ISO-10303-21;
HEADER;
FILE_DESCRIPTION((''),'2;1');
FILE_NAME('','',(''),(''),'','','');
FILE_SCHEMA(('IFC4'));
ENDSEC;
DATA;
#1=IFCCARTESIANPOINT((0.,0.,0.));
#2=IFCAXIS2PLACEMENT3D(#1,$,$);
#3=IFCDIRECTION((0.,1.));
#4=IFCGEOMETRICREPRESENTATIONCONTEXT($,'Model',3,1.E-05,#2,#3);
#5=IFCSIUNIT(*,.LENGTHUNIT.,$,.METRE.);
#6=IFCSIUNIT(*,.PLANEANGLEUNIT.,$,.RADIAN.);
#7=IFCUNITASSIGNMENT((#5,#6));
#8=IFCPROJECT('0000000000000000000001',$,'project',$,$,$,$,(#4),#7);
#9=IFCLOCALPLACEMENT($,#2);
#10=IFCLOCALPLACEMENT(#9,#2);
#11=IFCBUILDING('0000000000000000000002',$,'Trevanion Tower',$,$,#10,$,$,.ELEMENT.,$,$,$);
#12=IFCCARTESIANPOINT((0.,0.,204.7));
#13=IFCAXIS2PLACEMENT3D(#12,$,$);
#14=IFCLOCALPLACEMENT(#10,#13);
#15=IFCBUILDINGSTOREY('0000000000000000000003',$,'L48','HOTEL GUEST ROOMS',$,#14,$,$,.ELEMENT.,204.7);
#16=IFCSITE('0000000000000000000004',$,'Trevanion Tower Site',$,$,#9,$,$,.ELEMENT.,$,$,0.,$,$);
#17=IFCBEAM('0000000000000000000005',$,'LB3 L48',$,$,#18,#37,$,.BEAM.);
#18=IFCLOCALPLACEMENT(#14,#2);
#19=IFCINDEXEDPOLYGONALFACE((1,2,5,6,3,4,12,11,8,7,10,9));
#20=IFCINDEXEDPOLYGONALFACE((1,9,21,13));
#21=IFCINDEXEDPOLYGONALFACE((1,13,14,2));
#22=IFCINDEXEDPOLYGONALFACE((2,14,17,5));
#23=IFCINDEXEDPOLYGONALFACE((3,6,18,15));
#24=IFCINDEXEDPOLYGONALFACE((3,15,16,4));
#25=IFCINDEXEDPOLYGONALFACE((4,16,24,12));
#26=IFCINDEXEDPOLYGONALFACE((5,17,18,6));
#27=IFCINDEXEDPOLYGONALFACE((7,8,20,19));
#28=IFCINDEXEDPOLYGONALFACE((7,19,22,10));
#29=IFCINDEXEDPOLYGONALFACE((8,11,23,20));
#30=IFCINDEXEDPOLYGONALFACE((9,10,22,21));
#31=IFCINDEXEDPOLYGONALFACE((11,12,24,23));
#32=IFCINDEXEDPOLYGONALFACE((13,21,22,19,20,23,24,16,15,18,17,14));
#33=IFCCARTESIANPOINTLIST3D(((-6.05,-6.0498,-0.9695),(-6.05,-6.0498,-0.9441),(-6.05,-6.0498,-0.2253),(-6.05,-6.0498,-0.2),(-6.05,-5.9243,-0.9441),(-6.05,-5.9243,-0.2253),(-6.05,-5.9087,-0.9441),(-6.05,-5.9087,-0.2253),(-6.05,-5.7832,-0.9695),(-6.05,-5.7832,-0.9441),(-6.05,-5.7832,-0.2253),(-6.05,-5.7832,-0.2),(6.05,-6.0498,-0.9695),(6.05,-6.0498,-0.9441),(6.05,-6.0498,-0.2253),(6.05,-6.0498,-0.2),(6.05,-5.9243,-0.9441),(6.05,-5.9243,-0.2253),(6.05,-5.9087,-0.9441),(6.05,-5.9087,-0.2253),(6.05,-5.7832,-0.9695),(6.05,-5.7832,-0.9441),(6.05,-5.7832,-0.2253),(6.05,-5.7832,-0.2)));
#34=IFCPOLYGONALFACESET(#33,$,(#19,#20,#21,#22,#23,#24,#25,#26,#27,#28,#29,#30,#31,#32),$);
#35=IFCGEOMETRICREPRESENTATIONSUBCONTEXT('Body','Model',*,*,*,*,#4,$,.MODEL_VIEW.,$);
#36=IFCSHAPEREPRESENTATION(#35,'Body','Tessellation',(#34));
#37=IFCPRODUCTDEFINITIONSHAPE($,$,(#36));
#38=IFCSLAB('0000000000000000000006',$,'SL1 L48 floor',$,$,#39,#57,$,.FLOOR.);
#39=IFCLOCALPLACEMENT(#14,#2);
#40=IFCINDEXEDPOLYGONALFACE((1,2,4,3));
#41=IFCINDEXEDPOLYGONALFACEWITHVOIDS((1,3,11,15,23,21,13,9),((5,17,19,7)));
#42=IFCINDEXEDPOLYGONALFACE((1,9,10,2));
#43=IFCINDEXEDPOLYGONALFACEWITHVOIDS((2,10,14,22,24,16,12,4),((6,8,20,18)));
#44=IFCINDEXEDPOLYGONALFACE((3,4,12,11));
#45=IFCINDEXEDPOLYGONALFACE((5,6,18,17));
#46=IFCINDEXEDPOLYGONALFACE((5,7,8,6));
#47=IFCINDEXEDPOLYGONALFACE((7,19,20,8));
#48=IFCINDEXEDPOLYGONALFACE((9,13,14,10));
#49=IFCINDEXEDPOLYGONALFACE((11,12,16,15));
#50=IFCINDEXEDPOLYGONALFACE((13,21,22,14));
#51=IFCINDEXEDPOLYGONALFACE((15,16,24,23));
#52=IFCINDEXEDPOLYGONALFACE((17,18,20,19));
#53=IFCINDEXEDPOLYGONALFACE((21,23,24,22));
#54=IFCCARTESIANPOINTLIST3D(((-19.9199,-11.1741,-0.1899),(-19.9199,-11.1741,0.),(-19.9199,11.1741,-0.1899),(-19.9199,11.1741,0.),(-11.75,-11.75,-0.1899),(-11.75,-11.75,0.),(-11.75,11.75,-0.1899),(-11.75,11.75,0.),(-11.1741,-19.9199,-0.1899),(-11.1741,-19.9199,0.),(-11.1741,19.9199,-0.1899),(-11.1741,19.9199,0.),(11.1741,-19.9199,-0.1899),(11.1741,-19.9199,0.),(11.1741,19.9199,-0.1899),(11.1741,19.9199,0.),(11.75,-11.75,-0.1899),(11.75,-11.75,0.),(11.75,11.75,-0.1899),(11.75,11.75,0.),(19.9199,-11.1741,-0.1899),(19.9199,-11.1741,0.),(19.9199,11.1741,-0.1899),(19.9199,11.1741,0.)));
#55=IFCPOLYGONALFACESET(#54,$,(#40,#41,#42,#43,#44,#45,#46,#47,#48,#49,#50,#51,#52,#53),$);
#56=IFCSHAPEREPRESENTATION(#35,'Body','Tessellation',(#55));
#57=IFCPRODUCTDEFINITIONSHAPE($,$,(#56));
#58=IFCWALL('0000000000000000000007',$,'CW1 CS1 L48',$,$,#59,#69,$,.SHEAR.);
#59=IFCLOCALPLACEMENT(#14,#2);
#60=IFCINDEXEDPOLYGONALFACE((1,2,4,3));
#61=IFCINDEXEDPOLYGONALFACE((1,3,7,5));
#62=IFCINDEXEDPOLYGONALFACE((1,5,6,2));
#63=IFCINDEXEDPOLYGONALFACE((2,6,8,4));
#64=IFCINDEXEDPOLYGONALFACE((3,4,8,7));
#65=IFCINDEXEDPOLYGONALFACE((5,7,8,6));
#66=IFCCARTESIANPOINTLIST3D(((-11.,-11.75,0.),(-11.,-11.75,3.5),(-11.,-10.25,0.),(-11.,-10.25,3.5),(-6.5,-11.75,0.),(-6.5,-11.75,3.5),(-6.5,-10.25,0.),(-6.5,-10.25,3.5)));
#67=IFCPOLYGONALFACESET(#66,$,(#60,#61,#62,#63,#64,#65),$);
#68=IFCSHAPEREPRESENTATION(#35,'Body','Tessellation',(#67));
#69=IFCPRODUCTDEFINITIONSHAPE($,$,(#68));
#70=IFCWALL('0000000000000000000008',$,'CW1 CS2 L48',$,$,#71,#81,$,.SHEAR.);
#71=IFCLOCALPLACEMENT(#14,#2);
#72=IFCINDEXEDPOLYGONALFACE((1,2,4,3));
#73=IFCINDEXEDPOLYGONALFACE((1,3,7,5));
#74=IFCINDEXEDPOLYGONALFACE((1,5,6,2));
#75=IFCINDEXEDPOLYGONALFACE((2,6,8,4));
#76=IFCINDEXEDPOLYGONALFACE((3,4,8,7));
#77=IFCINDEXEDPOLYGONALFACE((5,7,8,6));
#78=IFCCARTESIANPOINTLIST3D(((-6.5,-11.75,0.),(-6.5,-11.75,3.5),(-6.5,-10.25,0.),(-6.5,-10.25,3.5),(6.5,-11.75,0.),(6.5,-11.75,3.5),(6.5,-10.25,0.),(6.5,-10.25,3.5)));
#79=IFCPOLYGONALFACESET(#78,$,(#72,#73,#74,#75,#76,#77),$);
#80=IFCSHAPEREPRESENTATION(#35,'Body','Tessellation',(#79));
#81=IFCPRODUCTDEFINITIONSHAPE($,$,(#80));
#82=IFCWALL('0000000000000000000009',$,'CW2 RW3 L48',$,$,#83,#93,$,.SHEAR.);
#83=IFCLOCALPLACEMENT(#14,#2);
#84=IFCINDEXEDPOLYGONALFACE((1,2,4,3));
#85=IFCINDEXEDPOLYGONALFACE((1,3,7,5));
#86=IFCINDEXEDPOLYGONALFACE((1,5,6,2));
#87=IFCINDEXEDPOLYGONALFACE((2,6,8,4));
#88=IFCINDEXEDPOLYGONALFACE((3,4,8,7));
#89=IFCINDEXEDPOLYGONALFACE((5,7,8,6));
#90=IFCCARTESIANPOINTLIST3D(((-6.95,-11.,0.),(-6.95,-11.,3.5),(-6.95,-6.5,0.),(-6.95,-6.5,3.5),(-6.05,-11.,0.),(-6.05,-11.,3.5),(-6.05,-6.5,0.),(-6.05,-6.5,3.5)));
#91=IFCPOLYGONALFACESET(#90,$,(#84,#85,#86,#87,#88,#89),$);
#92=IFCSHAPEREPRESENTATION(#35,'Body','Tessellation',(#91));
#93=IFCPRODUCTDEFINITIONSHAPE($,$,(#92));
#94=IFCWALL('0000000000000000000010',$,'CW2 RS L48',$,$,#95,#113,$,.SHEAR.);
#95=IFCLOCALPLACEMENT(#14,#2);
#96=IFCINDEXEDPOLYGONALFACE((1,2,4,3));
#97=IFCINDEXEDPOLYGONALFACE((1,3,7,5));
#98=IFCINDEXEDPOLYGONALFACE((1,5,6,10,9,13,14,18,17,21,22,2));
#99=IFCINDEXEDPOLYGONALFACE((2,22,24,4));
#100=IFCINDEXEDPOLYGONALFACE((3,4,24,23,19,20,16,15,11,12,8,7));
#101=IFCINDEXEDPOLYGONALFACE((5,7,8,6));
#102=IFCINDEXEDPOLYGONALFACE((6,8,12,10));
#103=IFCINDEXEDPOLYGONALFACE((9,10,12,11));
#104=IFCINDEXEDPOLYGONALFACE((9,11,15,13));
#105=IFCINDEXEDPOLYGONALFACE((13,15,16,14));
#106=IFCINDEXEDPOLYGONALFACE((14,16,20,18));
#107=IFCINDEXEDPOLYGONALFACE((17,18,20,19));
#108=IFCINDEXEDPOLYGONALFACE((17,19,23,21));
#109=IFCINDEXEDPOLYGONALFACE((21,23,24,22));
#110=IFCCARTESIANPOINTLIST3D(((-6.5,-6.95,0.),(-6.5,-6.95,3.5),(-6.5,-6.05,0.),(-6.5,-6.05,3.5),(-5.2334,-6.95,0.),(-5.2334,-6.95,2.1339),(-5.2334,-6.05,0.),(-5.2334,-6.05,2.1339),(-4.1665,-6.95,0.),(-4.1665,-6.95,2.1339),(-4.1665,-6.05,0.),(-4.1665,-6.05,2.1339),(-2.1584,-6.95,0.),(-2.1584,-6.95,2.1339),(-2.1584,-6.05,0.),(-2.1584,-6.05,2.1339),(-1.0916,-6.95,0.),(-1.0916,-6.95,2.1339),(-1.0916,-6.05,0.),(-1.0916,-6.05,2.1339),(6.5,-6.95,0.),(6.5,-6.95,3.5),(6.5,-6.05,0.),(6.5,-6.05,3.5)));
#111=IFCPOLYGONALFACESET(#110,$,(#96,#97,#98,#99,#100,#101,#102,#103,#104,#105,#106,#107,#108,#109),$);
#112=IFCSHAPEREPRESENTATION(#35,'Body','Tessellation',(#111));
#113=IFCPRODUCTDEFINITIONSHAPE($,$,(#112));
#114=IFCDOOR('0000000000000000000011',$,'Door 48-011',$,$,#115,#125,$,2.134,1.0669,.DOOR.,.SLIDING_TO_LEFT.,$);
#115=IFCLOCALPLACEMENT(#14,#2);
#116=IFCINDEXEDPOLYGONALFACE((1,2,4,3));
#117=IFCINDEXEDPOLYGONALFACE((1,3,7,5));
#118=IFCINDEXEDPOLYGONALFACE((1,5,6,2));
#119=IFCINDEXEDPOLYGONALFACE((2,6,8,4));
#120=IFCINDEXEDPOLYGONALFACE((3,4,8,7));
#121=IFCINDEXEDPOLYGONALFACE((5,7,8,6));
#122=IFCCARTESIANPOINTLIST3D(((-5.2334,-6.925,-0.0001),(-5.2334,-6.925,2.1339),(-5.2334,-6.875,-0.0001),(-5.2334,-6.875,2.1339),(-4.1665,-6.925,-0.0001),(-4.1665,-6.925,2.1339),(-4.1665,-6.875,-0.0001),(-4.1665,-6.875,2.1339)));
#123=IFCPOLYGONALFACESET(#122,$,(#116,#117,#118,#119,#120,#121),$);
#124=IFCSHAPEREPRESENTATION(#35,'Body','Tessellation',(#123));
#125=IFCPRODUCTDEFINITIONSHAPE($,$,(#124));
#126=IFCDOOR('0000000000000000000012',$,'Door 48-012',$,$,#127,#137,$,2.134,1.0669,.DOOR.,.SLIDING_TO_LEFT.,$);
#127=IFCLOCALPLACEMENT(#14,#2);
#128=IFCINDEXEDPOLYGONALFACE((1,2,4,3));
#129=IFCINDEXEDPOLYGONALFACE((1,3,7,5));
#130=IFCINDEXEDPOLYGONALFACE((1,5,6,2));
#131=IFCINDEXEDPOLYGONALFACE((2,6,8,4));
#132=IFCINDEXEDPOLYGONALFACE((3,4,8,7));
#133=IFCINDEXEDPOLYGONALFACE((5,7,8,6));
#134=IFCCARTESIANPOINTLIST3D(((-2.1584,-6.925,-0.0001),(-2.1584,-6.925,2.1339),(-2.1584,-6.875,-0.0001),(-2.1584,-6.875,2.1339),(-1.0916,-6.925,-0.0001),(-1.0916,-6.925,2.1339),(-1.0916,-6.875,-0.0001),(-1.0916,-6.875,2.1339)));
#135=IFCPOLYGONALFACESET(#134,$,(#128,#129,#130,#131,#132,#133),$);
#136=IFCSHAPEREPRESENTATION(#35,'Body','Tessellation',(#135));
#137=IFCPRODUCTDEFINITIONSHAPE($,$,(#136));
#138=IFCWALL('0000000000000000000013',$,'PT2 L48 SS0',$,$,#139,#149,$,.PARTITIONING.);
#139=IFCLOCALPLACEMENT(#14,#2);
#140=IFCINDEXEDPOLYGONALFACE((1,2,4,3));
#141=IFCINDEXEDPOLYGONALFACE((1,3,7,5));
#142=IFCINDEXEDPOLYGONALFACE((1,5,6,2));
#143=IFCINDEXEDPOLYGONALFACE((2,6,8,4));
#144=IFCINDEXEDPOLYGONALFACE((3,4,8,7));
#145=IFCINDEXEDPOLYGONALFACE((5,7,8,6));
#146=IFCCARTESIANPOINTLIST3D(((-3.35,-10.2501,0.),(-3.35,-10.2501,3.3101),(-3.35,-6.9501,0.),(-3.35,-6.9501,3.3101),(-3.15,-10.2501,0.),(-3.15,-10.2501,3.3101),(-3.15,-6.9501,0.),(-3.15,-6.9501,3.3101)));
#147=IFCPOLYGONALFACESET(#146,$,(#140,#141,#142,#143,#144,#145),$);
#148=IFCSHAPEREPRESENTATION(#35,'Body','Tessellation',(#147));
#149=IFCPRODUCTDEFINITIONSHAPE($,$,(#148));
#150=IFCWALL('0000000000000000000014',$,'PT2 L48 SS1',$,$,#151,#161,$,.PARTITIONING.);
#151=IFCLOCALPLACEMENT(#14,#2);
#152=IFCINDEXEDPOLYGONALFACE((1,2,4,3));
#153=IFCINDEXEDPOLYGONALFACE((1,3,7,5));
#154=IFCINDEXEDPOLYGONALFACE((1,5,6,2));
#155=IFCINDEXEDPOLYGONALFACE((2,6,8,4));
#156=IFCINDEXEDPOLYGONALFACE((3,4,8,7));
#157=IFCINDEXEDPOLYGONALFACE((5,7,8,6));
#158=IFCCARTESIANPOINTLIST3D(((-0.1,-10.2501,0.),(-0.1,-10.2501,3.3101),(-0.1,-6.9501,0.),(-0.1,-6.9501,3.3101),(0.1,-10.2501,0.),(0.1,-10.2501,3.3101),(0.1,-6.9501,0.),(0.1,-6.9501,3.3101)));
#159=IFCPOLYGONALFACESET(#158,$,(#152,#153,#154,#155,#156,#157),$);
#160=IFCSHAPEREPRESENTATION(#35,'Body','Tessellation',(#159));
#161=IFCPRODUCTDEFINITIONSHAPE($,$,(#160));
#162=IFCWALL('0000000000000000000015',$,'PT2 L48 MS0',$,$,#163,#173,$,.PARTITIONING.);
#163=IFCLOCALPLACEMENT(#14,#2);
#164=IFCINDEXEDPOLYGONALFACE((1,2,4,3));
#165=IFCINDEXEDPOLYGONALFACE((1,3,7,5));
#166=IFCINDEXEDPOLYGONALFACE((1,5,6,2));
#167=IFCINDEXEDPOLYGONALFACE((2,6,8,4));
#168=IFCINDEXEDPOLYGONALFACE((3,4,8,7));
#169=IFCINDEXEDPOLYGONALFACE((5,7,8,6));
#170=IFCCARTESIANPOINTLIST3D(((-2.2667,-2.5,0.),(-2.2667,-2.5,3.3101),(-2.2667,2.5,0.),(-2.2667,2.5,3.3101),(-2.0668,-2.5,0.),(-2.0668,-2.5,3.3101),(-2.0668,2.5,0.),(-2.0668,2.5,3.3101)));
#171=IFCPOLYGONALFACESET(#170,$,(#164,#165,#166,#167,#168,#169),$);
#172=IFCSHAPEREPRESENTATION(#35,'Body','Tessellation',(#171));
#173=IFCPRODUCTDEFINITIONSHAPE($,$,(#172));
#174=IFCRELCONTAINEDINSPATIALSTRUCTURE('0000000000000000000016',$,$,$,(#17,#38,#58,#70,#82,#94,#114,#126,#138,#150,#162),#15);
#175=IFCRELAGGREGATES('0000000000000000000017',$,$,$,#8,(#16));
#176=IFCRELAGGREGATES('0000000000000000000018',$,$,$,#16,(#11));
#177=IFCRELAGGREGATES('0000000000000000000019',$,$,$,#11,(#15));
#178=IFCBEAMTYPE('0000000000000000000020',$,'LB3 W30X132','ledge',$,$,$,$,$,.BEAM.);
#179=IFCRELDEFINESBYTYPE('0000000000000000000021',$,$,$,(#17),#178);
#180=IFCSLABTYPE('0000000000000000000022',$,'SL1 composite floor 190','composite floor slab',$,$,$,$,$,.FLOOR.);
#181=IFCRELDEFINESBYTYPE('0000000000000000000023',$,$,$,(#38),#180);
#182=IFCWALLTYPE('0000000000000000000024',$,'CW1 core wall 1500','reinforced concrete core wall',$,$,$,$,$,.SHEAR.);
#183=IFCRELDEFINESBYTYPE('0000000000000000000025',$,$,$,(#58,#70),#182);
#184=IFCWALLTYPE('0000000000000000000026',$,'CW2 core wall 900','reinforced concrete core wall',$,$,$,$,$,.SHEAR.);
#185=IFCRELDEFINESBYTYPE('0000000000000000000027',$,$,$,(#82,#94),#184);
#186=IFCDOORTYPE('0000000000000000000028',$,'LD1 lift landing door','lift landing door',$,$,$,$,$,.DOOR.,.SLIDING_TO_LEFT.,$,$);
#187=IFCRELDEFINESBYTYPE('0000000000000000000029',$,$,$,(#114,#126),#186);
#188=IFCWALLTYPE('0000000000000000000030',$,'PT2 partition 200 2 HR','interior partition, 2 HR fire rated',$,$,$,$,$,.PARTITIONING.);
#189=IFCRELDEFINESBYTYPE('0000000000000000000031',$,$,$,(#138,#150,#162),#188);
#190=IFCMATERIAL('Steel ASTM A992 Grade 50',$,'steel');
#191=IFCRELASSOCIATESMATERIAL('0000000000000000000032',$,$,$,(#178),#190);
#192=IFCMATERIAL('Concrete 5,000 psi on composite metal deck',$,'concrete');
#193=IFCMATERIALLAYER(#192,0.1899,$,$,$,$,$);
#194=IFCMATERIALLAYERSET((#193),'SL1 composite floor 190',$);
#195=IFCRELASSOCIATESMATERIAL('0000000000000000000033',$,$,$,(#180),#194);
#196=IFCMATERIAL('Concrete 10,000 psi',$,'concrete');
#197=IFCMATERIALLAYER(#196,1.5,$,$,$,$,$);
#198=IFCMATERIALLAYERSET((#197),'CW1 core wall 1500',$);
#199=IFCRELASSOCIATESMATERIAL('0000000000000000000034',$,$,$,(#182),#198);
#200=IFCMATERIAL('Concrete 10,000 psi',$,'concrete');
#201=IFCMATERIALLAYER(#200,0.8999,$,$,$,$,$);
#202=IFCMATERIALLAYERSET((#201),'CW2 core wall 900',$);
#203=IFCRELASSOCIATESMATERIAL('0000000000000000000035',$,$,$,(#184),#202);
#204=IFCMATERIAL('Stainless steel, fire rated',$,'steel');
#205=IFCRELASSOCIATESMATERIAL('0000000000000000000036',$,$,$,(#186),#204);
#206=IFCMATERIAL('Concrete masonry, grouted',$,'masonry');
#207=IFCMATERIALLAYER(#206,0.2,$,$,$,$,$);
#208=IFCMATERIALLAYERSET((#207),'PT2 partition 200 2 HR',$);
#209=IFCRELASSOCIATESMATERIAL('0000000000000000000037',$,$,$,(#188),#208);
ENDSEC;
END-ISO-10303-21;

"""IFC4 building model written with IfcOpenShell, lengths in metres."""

from ifc_helpers import new_model, si_unit, direction, frame, frame_2d, origin, origin_2d, place, context, subcontext, project, spatial, polyline, rectangle, i_section, outline, extrude, material, layer, layer_set, material_profile, profile_set, type_object, element, fill, save


model = new_model("IFC4")

# Units and contexts
model_context = context("Model", 3, precision=1e-05, world=origin(), true_north=direction((0.0, 1.0)))
body_context = subcontext(model_context, "Body", "Model", "MODEL_VIEW")
ifc_project = project(units=[si_unit("LENGTHUNIT", "METRE"), si_unit("PLANEANGLEUNIT", "RADIAN")], contexts=[model_context])

# Site, building, storey
site_placement = place(None, origin())
site = spatial("IfcSite", under=ifc_project, at=site_placement, Name="Trevanion Tower Site", CompositionType="ELEMENT", RefElevation=0.0)
building_placement = place(site_placement, origin())
building = spatial("IfcBuilding", under=site, at=building_placement, Name="Trevanion Tower", CompositionType="ELEMENT")
storey_placement = place(building_placement, frame((0.0, 0.0, 204.7)))
storey = spatial("IfcBuildingStorey", under=building, at=storey_placement, Name="L48", Description="HOTEL GUEST ROOMS", CompositionType="ELEMENT", Elevation=204.7)

# Beam
ifc_material_1 = material(Name="Steel ASTM A992 Grade 50", Category="steel")
ifc_material_profile_1 = material_profile(ifc_material_1, i_section(OverallWidth=0.2666, OverallDepth=0.7695, WebThickness=0.0156, FlangeThickness=0.0254, at=origin_2d()), Name="W30X132")
ifc_profile_set_1 = profile_set([ifc_material_profile_1], Name="Steel ASTM A992 Grade 50")
beam_type_1 = type_object("IfcBeamType", Name="LB3 W30X132", Description="ledge", PredefinedType="BEAM", material=ifc_profile_set_1)
beam_1_placement = place(storey_placement, frame((-6.05, -5.9165, -0.5847), z_axis=(1.0, 0.0, 0.0), x_axis=(0.0, 1.0, 0.0)))
element("IfcBeam", 1, at=beam_1_placement, inside=storey, type_object=beam_type_1, Name="LB3 L48", PredefinedType="BEAM", context=body_context, shape_type="SweptSolid", body=[
    extrude(i_section(OverallWidth=0.2666, OverallDepth=0.7695, WebThickness=0.0156, FlangeThickness=0.0254, at=origin_2d()), origin(), (0.0, 0.0, 1.0), 12.1001),
])

# Slab
ifc_material_2 = material(Name="Concrete 5,000 psi on composite metal deck", Category="concrete")
ifc_layer_1 = layer(ifc_material_2, 0.1899)
ifc_layer_set_1 = layer_set([ifc_layer_1], Name="SL1 composite floor 190")
slab_type = type_object("IfcSlabType", Name="SL1 composite floor 190", Description="composite floor slab", PredefinedType="FLOOR", material=ifc_layer_set_1)
slab_placement = place(storey_placement, frame((0.0, 0.0, -0.1899)))
element("IfcSlab", 2, at=slab_placement, inside=storey, type_object=slab_type, Name="SL1 L48 floor", PredefinedType="FLOOR", context=body_context, shape_type="SweptSolid", body=[
    extrude(outline(polyline([(19.9199, -11.1741), (19.9199, 11.1741), (11.1741, 19.9199), (-11.1741, 19.9199), (-19.9199, 11.1741), (-19.9199, -11.1741), (-11.1741, -19.9199), (11.1741, -19.9199), (19.9199, -11.1741)]), holes=[polyline([(11.75, -11.75), (11.75, 11.75), (-11.75, 11.75), (-11.75, -11.75), (11.75, -11.75)])]), origin(), (0.0, 0.0, 1.0), 0.1899),
])

# Walls
ifc_material_3 = material(Name="Concrete 10,000 psi", Category="concrete")
ifc_layer_2 = layer(ifc_material_3, 1.5)
ifc_layer_set_2 = layer_set([ifc_layer_2], Name="CW1 core wall 1500")
wall_type_1 = type_object("IfcWallType", Name="CW1 core wall 1500", Description="reinforced concrete core wall", PredefinedType="SHEAR", material=ifc_layer_set_2)
wall_1_placement = place(storey_placement, frame((-11.0, -11.0, 0.0), z_axis=(0.0, 0.0, 1.0), x_axis=(1.0, 0.0, 0.0)))
element("IfcWall", 3, at=wall_1_placement, inside=storey, type_object=wall_type_1, Name="CW1 CS1 L48", PredefinedType="SHEAR", context=body_context, shape_type="SweptSolid", body=[
    extrude(rectangle(XDim=4.5, YDim=1.5, at=frame_2d((2.25, 0.0))), origin(), (0.0, 0.0, 1.0), 3.5),
])
wall_2_placement = place(storey_placement, frame((-6.5, -11.0, 0.0), z_axis=(0.0, 0.0, 1.0), x_axis=(1.0, 0.0, 0.0)))
element("IfcWall", 4, at=wall_2_placement, inside=storey, type_object=wall_type_1, Name="CW1 CS2 L48", PredefinedType="SHEAR", context=body_context, shape_type="SweptSolid", body=[
    extrude(rectangle(XDim=13.0, YDim=1.5, at=frame_2d((6.5, 0.0))), origin(), (0.0, 0.0, 1.0), 3.5),
])
ifc_material_4 = material(Name="Concrete 10,000 psi", Category="concrete")
ifc_layer_3 = layer(ifc_material_4, 0.8999)
ifc_layer_set_3 = layer_set([ifc_layer_3], Name="CW2 core wall 900")
wall_type_2 = type_object("IfcWallType", Name="CW2 core wall 900", Description="reinforced concrete core wall", PredefinedType="SHEAR", material=ifc_layer_set_3)
wall_3_placement = place(storey_placement, frame((-6.5, -6.5, 0.0), z_axis=(0.0, 0.0, 1.0), x_axis=(0.0, -1.0, 0.0)))
element("IfcWall", 5, at=wall_3_placement, inside=storey, type_object=wall_type_2, Name="CW2 RW3 L48", PredefinedType="SHEAR", context=body_context, shape_type="SweptSolid", body=[
    extrude(rectangle(XDim=4.5, YDim=0.8999, at=frame_2d((2.25, 0.0))), origin(), (0.0, 0.0, 1.0), 3.5),
])

# Wall, openings, doors
wall_4_placement = place(storey_placement, frame((-6.5, -6.5, 0.0), z_axis=(0.0, 0.0, 1.0), x_axis=(1.0, 0.0, 0.0)))
wall_4 = element("IfcWall", 6, at=wall_4_placement, inside=storey, type_object=wall_type_2, Name="CW2 RS L48", PredefinedType="SHEAR", context=body_context, shape_type="SweptSolid", body=[
    extrude(rectangle(XDim=13.0, YDim=0.8999, at=frame_2d((6.5, 0.0))), origin(), (0.0, 0.0, 1.0), 3.5),
])
opening_1_placement = place(wall_4_placement, frame((1.2666, 0.0, 0.0)))
opening_1 = element("IfcOpeningElement", 7, at=opening_1_placement, cuts=wall_4, PredefinedType="OPENING", context=body_context, shape_type="SweptSolid", body=[
    extrude(rectangle(XDim=1.0669, YDim=2.134, at=frame_2d((0.5334, 1.0669))), frame((0.0, 0.46, 0.0), z_axis=(0.0, -1.0, 0.0), x_axis=(1.0, 0.0, 0.0)), (0.0, 0.0, 1.0), 0.9199),
])
opening_2_placement = place(wall_4_placement, frame((4.3416, 0.0, 0.0)))
opening_2 = element("IfcOpeningElement", 8, at=opening_2_placement, cuts=wall_4, PredefinedType="OPENING", context=body_context, shape_type="SweptSolid", body=[
    extrude(rectangle(XDim=1.0669, YDim=2.134, at=frame_2d((0.5334, 1.0669))), frame((0.0, 0.46, 0.0), z_axis=(0.0, -1.0, 0.0), x_axis=(1.0, 0.0, 0.0)), (0.0, 0.0, 1.0), 0.9199),
])
ifc_material_5 = material(Name="Stainless steel, fire rated", Category="steel")
door_type_1 = type_object("IfcDoorType", Name="LD1 lift landing door", Description="lift landing door", OperationType="SLIDING_TO_LEFT", PredefinedType="DOOR", material=ifc_material_5)
door_1_placement = place(opening_1_placement, origin())
door_1 = element("IfcDoor", 9, at=door_1_placement, inside=storey, type_object=door_type_1, Name="Door 48-011", OperationType="SLIDING_TO_LEFT", OverallHeight=2.134, OverallWidth=1.0669, PredefinedType="DOOR", context=body_context, shape_type="SweptSolid", body=[
    extrude(rectangle(XDim=1.0669, YDim=2.134, at=frame_2d((0.5334, 1.0669))), frame((0.0, -0.375, 0.0), z_axis=(0.0, -1.0, 0.0), x_axis=(1.0, 0.0, 0.0)), (0.0, 0.0, 1.0), 0.05),
])
fill(opening_1, door_1)
door_2_placement = place(opening_2_placement, origin())
door_2 = element("IfcDoor", 10, at=door_2_placement, inside=storey, type_object=door_type_1, Name="Door 48-012", OperationType="SLIDING_TO_LEFT", OverallHeight=2.134, OverallWidth=1.0669, PredefinedType="DOOR", context=body_context, shape_type="SweptSolid", body=[
    extrude(rectangle(XDim=1.0669, YDim=2.134, at=frame_2d((0.5334, 1.0669))), frame((0.0, -0.375, 0.0), z_axis=(0.0, -1.0, 0.0), x_axis=(1.0, 0.0, 0.0)), (0.0, 0.0, 1.0), 0.05),
])
fill(opening_2, door_2)

# Walls
ifc_material_6 = material(Name="Concrete masonry, grouted", Category="masonry")
ifc_layer_4 = layer(ifc_material_6, 0.2)
ifc_layer_set_4 = layer_set([ifc_layer_4], Name="PT2 partition 200 2 HR")
wall_type_3 = type_object("IfcWallType", Name="PT2 partition 200 2 HR", Description="interior partition, 2 HR fire rated", PredefinedType="PARTITIONING", material=ifc_layer_set_4)
for number, where, z_axis, x_axis, name in (
    (11, (-3.25, -10.25, 0.0), (0.0, 0.0, 1.0), (0.0, 1.0, 0.0), "PT2 L48 SS0"),
    (12, (0.0, -10.25, 0.0), (0.0, 0.0, 1.0), (0.0, 1.0, 0.0), "PT2 L48 SS1"),
):
    element("IfcWall", number, at=place(storey_placement, frame(where, z_axis=z_axis, x_axis=x_axis)), inside=storey, type_object=wall_type_3, Name=name, PredefinedType="PARTITIONING", context=body_context, shape_type="SweptSolid", body=[
        extrude(rectangle(XDim=3.3, YDim=0.2, at=frame_2d((1.6499, 0.0))), origin(), (0.0, 0.0, 1.0), 3.3101),
    ])
wall_5_placement = place(storey_placement, frame((-2.1667, -2.5, 0.0), z_axis=(0.0, 0.0, 1.0), x_axis=(0.0, 1.0, 0.0)))
element("IfcWall", 13, at=wall_5_placement, inside=storey, type_object=wall_type_3, Name="PT2 L48 MS0", PredefinedType="PARTITIONING", context=body_context, shape_type="SweptSolid", body=[
    extrude(rectangle(XDim=5.0, YDim=0.2, at=frame_2d((2.5, 0.0))), origin(), (0.0, 0.0, 1.0), 3.3101),
])

save(model, "model.ifc")
